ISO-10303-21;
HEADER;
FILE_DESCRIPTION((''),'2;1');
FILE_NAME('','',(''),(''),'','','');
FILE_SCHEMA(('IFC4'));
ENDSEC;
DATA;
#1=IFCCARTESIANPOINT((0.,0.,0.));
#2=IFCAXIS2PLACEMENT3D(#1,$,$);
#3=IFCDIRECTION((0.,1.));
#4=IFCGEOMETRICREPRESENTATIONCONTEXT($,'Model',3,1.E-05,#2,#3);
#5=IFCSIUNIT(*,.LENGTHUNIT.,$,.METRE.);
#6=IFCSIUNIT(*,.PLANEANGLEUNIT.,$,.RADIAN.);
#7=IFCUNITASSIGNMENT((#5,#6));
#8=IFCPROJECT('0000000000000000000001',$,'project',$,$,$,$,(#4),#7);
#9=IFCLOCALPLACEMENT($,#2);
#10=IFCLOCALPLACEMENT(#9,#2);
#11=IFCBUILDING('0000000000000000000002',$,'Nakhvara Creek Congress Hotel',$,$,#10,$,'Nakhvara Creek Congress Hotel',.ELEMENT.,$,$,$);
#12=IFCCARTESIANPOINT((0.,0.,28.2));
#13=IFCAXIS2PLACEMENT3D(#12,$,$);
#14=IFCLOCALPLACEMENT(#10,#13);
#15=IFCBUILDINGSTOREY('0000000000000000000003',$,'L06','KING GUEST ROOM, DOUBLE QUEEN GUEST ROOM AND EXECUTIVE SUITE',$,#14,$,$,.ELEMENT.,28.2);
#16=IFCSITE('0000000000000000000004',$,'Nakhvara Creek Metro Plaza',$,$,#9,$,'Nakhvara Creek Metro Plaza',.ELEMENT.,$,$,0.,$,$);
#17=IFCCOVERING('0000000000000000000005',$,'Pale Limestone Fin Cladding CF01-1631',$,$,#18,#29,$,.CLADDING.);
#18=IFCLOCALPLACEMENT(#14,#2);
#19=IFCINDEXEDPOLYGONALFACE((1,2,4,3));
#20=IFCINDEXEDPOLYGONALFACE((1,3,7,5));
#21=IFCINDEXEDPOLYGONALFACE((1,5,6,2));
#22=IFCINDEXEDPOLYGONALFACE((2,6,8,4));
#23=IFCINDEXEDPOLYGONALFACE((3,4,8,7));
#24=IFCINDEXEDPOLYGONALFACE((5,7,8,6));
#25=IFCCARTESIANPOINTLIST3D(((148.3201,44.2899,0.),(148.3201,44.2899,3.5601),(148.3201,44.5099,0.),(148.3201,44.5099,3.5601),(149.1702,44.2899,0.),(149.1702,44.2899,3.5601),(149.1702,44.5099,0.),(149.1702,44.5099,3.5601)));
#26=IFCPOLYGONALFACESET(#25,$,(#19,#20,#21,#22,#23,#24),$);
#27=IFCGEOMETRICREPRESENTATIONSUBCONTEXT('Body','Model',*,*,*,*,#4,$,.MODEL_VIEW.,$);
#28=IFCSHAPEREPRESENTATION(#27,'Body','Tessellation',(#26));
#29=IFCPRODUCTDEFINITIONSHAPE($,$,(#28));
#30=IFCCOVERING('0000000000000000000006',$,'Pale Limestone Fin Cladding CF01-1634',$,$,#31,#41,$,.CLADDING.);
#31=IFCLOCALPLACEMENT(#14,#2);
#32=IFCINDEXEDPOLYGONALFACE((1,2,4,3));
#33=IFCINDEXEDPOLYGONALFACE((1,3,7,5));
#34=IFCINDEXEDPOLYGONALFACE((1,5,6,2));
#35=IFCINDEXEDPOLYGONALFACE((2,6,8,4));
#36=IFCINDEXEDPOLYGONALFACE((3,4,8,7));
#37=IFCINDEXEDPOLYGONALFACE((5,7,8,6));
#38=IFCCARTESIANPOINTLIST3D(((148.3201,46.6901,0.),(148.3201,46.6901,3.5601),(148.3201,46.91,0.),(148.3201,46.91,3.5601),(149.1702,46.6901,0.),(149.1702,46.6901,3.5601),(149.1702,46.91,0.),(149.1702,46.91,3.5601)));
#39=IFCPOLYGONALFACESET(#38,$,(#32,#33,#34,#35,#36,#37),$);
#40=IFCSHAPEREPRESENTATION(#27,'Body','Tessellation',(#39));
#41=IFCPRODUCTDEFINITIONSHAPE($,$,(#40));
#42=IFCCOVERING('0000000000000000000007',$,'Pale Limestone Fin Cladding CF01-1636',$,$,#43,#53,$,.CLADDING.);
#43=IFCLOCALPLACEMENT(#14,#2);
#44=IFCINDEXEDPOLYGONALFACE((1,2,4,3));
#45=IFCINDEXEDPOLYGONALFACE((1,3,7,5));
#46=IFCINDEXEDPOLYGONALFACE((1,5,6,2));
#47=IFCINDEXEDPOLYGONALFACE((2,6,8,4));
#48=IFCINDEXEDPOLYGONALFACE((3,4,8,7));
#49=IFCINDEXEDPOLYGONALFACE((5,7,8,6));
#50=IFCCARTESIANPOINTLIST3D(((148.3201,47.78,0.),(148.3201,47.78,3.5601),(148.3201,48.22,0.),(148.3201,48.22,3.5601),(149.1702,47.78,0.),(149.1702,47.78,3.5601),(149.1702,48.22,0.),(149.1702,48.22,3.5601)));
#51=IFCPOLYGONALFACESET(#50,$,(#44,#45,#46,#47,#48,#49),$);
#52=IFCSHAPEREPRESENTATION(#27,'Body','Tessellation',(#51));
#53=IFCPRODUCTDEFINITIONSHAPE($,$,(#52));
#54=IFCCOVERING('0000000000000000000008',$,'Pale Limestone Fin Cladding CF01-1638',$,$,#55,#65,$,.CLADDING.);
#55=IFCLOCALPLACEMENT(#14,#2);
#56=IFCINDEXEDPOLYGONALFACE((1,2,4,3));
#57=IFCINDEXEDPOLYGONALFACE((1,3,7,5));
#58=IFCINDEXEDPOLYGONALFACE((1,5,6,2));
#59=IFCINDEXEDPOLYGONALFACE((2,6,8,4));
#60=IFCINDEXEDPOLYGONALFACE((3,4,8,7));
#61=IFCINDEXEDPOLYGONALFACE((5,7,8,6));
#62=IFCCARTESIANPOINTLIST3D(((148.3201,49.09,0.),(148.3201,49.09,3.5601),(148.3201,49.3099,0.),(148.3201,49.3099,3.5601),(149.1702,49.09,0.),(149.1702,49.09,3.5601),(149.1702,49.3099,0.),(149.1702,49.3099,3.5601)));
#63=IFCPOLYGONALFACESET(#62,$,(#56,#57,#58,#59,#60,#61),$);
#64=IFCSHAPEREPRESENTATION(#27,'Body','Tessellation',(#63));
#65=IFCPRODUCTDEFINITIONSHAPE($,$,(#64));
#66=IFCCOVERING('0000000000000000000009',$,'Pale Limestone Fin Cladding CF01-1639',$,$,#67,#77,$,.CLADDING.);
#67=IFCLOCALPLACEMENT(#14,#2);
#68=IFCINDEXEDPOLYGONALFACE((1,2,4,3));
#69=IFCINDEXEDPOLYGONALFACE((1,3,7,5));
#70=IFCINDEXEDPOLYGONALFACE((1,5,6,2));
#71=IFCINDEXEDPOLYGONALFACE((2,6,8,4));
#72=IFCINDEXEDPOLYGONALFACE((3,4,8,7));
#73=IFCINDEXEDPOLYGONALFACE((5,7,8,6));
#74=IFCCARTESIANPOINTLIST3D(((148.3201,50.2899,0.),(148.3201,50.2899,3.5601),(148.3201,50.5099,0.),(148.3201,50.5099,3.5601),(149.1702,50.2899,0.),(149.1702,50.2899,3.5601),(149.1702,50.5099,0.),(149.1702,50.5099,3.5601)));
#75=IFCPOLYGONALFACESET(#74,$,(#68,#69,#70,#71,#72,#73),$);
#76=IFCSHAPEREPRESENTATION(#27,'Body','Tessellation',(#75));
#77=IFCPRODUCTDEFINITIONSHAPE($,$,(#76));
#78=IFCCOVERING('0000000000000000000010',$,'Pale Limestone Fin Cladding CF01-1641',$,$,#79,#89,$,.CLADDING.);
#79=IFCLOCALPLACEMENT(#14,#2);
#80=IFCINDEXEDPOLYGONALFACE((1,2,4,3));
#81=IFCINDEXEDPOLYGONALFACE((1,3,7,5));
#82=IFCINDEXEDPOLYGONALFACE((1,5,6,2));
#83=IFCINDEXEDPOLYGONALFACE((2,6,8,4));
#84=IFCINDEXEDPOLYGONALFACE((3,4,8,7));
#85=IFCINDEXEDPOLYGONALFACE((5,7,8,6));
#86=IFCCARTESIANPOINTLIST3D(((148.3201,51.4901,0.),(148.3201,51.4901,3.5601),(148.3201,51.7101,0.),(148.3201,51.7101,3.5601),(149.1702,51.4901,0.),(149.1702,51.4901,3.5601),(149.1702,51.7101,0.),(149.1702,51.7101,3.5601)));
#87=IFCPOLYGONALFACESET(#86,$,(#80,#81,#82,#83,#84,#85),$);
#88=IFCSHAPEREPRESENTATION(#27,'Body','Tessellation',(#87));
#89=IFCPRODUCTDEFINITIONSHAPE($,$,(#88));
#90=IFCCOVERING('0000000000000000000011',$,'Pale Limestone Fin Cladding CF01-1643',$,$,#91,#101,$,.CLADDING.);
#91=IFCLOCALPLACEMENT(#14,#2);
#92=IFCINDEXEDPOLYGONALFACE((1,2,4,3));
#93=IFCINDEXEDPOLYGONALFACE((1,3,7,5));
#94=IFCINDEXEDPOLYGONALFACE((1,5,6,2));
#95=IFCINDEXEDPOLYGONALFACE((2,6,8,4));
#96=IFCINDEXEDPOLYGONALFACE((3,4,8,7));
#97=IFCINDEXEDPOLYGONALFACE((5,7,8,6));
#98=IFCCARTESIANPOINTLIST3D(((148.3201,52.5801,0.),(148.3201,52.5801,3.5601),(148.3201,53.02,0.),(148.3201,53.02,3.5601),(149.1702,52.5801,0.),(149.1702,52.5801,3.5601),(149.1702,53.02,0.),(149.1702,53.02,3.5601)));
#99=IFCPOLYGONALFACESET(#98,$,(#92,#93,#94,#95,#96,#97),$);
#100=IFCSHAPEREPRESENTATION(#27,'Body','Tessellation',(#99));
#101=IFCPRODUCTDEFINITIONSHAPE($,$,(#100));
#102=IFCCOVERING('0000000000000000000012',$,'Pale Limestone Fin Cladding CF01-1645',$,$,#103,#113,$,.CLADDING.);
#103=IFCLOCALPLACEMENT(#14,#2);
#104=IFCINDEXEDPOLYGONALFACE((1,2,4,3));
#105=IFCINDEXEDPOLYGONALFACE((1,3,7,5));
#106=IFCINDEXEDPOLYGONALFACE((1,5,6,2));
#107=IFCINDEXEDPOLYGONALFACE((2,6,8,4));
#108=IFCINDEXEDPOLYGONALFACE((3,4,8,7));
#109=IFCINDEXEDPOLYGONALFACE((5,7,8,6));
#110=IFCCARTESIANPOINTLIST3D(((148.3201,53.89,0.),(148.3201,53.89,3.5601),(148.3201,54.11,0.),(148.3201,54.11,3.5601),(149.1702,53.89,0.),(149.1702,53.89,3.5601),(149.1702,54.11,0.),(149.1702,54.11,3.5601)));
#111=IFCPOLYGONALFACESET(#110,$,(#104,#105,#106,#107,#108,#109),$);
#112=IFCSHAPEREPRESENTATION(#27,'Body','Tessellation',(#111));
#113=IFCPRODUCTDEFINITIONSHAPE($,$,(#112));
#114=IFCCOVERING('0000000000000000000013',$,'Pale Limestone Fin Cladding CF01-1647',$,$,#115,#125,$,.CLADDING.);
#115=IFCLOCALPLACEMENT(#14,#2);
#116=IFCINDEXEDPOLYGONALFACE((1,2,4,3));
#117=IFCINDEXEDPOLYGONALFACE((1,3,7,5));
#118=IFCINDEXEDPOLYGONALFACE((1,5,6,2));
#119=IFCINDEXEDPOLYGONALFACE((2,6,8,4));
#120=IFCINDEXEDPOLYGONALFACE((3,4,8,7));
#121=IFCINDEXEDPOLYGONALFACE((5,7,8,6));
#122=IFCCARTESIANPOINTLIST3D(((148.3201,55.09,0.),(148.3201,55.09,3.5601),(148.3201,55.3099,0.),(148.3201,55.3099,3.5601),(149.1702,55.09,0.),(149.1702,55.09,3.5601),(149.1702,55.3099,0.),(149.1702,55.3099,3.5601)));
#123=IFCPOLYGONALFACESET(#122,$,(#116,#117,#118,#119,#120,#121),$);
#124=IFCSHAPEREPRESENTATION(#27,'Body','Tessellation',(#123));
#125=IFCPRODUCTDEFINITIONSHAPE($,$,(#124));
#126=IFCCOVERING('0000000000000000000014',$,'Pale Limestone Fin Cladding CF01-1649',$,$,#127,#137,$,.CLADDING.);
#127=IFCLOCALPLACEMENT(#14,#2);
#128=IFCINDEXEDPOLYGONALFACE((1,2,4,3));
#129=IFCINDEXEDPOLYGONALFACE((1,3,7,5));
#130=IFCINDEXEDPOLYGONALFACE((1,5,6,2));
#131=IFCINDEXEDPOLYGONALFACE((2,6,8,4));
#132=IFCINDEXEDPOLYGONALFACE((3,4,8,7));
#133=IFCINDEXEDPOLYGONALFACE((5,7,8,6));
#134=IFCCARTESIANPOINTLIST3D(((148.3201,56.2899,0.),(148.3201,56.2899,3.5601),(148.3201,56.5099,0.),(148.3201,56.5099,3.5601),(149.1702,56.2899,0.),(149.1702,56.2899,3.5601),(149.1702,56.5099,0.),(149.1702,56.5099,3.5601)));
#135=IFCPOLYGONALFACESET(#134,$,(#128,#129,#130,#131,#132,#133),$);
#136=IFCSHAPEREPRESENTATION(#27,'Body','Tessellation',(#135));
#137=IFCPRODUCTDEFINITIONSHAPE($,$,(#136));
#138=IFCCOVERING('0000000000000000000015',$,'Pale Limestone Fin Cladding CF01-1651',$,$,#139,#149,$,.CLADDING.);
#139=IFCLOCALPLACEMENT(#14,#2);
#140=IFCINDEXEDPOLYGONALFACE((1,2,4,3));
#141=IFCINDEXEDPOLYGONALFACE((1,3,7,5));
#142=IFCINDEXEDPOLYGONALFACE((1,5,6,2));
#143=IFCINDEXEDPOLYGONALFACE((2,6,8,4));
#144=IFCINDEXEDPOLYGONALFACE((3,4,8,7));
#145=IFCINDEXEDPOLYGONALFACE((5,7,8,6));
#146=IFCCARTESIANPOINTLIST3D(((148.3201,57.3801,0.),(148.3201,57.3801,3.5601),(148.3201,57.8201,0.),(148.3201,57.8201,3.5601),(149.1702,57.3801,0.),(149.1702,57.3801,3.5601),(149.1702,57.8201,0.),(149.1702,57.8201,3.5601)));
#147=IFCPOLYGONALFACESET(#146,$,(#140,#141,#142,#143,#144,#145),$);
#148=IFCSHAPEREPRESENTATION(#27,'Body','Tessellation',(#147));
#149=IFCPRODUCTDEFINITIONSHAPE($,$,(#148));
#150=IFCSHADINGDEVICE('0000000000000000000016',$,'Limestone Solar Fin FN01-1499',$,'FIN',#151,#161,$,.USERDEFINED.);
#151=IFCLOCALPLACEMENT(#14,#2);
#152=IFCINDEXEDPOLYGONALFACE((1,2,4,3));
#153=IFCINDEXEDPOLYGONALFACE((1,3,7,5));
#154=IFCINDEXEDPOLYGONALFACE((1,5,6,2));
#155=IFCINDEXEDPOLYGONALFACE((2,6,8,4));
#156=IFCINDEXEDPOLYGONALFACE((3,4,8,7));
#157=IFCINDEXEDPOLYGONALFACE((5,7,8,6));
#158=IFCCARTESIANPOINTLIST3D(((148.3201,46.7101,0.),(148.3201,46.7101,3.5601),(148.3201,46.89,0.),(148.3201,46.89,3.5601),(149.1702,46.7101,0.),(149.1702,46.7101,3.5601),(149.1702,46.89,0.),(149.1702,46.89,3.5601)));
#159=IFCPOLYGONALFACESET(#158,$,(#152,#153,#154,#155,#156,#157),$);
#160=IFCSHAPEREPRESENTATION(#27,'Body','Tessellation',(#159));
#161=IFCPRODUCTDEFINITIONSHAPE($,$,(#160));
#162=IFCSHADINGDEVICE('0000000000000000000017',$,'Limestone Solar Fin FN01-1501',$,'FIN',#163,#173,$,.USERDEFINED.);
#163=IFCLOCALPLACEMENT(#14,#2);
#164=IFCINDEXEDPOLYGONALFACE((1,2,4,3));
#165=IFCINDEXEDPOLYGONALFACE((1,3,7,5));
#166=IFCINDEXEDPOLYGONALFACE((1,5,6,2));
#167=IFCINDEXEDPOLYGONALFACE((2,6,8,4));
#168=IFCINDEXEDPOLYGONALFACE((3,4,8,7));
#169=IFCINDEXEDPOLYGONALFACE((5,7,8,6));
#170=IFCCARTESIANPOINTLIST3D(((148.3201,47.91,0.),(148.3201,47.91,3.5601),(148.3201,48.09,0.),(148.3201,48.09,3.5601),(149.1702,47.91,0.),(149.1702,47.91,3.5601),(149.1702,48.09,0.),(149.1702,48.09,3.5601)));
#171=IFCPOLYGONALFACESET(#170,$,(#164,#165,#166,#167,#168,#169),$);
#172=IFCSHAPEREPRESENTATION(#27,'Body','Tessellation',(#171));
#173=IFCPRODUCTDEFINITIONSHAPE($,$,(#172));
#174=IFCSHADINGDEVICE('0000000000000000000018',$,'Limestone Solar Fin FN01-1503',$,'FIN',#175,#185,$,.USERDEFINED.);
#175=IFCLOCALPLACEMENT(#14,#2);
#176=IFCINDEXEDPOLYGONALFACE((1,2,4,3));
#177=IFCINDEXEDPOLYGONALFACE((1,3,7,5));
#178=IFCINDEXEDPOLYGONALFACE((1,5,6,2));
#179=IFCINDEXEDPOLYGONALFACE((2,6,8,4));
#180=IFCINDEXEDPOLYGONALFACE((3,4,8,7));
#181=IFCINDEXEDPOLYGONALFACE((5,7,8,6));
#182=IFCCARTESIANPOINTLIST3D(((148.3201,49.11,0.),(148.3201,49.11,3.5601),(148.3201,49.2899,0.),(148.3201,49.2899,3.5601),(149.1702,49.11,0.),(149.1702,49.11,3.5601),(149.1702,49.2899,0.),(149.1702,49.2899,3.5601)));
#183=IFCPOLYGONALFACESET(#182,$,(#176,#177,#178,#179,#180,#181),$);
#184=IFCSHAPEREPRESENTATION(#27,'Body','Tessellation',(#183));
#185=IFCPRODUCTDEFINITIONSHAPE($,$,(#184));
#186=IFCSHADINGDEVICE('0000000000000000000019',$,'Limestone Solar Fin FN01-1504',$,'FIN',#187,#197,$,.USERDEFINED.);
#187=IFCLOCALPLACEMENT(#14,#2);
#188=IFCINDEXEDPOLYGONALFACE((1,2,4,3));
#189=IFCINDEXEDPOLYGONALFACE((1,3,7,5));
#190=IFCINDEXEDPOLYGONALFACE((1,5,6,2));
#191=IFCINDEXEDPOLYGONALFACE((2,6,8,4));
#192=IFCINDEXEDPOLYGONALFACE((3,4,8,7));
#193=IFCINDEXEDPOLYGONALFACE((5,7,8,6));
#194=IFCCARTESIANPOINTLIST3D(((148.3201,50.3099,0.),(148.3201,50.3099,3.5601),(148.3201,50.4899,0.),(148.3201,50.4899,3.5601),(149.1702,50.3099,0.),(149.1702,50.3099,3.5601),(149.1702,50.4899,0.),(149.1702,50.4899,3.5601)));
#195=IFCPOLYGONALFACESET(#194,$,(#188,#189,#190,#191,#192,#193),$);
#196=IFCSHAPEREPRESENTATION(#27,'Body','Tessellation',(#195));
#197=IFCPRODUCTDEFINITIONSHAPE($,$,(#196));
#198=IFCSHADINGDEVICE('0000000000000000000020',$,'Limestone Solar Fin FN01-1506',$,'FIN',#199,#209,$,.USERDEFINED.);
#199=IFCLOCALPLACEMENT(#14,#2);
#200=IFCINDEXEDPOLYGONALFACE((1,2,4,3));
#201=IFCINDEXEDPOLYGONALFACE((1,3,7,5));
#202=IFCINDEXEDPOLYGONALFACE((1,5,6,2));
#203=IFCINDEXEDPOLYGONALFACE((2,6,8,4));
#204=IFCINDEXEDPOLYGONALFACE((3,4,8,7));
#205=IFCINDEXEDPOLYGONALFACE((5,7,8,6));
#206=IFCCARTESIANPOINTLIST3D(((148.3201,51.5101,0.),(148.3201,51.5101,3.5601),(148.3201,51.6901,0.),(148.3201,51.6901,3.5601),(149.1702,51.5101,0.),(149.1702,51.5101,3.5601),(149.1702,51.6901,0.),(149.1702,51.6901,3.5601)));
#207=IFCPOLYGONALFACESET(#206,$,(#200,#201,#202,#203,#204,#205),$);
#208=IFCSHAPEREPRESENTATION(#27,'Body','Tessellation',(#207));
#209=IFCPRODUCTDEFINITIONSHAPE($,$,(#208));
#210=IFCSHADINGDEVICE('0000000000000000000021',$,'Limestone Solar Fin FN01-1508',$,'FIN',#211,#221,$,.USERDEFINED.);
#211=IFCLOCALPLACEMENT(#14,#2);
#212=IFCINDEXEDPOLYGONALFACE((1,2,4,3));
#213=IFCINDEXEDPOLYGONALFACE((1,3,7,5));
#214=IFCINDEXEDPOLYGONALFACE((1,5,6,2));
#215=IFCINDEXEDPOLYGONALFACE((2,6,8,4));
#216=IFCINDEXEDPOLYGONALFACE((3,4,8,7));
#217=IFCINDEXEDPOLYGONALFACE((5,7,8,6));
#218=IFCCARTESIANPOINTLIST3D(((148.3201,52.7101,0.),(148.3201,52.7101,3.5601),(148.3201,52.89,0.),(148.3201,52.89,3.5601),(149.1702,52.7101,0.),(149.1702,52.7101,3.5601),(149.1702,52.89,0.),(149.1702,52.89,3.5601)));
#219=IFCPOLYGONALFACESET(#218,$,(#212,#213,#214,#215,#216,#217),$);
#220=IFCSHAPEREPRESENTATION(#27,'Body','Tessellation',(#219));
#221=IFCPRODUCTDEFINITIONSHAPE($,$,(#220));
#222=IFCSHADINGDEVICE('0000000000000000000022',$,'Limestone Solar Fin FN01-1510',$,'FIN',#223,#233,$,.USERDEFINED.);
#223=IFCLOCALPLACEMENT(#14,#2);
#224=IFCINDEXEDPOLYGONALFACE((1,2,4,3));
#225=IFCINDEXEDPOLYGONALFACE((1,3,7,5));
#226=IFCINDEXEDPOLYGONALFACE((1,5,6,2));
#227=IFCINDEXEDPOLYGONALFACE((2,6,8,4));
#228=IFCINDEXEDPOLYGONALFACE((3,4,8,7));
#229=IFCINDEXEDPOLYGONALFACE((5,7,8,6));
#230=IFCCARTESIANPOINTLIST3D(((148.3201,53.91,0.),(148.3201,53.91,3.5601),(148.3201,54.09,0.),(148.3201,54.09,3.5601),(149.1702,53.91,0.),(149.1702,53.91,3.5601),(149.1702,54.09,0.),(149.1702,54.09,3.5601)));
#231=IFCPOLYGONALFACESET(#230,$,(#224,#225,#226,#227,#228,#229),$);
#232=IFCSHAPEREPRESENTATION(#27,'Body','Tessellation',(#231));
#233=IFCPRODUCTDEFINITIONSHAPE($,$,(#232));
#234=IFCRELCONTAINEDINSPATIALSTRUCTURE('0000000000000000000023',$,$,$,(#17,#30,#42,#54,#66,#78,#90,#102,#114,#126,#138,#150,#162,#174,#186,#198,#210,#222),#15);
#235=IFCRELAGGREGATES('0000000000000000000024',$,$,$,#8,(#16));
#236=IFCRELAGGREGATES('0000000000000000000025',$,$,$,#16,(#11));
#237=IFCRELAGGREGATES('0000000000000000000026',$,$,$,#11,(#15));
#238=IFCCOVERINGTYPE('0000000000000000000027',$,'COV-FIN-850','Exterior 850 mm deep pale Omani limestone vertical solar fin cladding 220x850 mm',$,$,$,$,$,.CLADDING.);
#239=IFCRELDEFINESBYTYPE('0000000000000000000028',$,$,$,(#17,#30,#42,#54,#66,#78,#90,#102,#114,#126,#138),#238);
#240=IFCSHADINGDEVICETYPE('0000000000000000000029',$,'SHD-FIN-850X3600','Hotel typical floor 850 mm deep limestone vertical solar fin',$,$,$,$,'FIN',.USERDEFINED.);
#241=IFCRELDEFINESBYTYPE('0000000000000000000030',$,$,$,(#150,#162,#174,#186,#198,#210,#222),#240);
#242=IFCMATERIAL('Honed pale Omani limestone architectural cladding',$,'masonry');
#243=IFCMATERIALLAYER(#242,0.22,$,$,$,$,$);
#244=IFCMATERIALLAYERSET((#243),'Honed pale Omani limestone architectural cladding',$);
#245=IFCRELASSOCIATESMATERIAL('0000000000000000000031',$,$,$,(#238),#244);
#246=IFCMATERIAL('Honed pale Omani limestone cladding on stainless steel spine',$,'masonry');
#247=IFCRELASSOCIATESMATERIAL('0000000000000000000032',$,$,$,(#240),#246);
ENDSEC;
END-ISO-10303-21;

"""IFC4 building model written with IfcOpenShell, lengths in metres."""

from ifc_helpers import new_model, si_unit, direction, frame, origin, origin_2d, place, context, subcontext, project, spatial, rectangle, extrude, material, layer, layer_set, type_object, element, save


model = new_model("IFC4")

# Units and contexts
model_context = context("Model", 3, precision=1e-05, world=origin(), true_north=direction((0.0, 1.0)))
body_context = subcontext(model_context, "Body", "Model", "MODEL_VIEW")
ifc_project = project(units=[si_unit("LENGTHUNIT", "METRE"), si_unit("PLANEANGLEUNIT", "RADIAN")], contexts=[model_context])

# Site, building, storey
site_placement = place(None, origin())
site = spatial("IfcSite", under=ifc_project, at=site_placement, Name="Nakhvara Creek Metro Plaza", LongName="Nakhvara Creek Metro Plaza", CompositionType="ELEMENT", RefElevation=0.0)
building_placement = place(site_placement, origin())
building = spatial("IfcBuilding", under=site, at=building_placement, Name="Nakhvara Creek Congress Hotel", LongName="Nakhvara Creek Congress Hotel", CompositionType="ELEMENT")
storey_placement = place(building_placement, frame((0.0, 0.0, 28.2)))
storey = spatial("IfcBuildingStorey", under=building, at=storey_placement, Name="L06", Description="KING GUEST ROOM, DOUBLE QUEEN GUEST ROOM AND EXECUTIVE SUITE", CompositionType="ELEMENT", Elevation=28.2)

# Coverings
ifc_material_1 = material(Name="Honed pale Omani limestone architectural cladding", Category="masonry")
ifc_layer = layer(ifc_material_1, 0.22)
ifc_layer_set = layer_set([ifc_layer], Name="Honed pale Omani limestone architectural cladding")
covering_type = type_object("IfcCoveringType", Name="COV-FIN-850", Description="Exterior 850 mm deep pale Omani limestone vertical solar fin cladding 220x850 mm", PredefinedType="CLADDING", material=ifc_layer_set)
for number, where, z_axis, x_axis, name in (
    (1, (148.7451, 44.3999, 0.0), (0.0, 0.0, 1.0), (0.0, 1.0, 0.0), "Pale Limestone Fin Cladding CF01-1631"),
    (2, (148.7451, 46.8, 0.0), (0.0, 0.0, 1.0), (0.0, 1.0, 0.0), "Pale Limestone Fin Cladding CF01-1634"),
):
    element("IfcCovering", number, at=place(storey_placement, frame(where, z_axis=z_axis, x_axis=x_axis)), inside=storey, type_object=covering_type, Name=name, PredefinedType="CLADDING", context=body_context, shape_type="SweptSolid", body=[
        extrude(rectangle(XDim=0.22, YDim=0.8501, at=origin_2d()), origin(), (0.0, 0.0, 1.0), 3.5601),
    ])
covering_1_placement = place(storey_placement, frame((148.7451, 48.0, 0.0), z_axis=(0.0, 0.0, 1.0), x_axis=(0.0, 1.0, 0.0)))
element("IfcCovering", 3, at=covering_1_placement, inside=storey, type_object=covering_type, Name="Pale Limestone Fin Cladding CF01-1636", PredefinedType="CLADDING", context=body_context, shape_type="SweptSolid", body=[
    extrude(rectangle(XDim=0.4399, YDim=0.8501, at=origin_2d()), origin(), (0.0, 0.0, 1.0), 3.5601),
])
for number, where, z_axis, x_axis, name in (
    (4, (148.7451, 49.2, 0.0), (0.0, 0.0, 1.0), (0.0, 1.0, 0.0), "Pale Limestone Fin Cladding CF01-1638"),
    (5, (148.7451, 50.3999, 0.0), (0.0, 0.0, 1.0), (0.0, 1.0, 0.0), "Pale Limestone Fin Cladding CF01-1639"),
    (6, (148.7451, 51.6001, 0.0), (0.0, 0.0, 1.0), (0.0, 1.0, 0.0), "Pale Limestone Fin Cladding CF01-1641"),
):
    element("IfcCovering", number, at=place(storey_placement, frame(where, z_axis=z_axis, x_axis=x_axis)), inside=storey, type_object=covering_type, Name=name, PredefinedType="CLADDING", context=body_context, shape_type="SweptSolid", body=[
        extrude(rectangle(XDim=0.22, YDim=0.8501, at=origin_2d()), origin(), (0.0, 0.0, 1.0), 3.5601),
    ])
covering_2_placement = place(storey_placement, frame((148.7451, 52.8, 0.0), z_axis=(0.0, 0.0, 1.0), x_axis=(0.0, 1.0, 0.0)))
element("IfcCovering", 7, at=covering_2_placement, inside=storey, type_object=covering_type, Name="Pale Limestone Fin Cladding CF01-1643", PredefinedType="CLADDING", context=body_context, shape_type="SweptSolid", body=[
    extrude(rectangle(XDim=0.4399, YDim=0.8501, at=origin_2d()), origin(), (0.0, 0.0, 1.0), 3.5601),
])
for number, where, z_axis, x_axis, name in (
    (8, (148.7451, 54.0, 0.0), (0.0, 0.0, 1.0), (0.0, 1.0, 0.0), "Pale Limestone Fin Cladding CF01-1645"),
    (9, (148.7451, 55.2, 0.0), (0.0, 0.0, 1.0), (0.0, 1.0, 0.0), "Pale Limestone Fin Cladding CF01-1647"),
    (10, (148.7451, 56.3999, 0.0), (0.0, 0.0, 1.0), (0.0, 1.0, 0.0), "Pale Limestone Fin Cladding CF01-1649"),
):
    element("IfcCovering", number, at=place(storey_placement, frame(where, z_axis=z_axis, x_axis=x_axis)), inside=storey, type_object=covering_type, Name=name, PredefinedType="CLADDING", context=body_context, shape_type="SweptSolid", body=[
        extrude(rectangle(XDim=0.22, YDim=0.8501, at=origin_2d()), origin(), (0.0, 0.0, 1.0), 3.5601),
    ])
covering_3_placement = place(storey_placement, frame((148.7451, 57.6001, 0.0), z_axis=(0.0, 0.0, 1.0), x_axis=(0.0, 1.0, 0.0)))
element("IfcCovering", 11, at=covering_3_placement, inside=storey, type_object=covering_type, Name="Pale Limestone Fin Cladding CF01-1651", PredefinedType="CLADDING", context=body_context, shape_type="SweptSolid", body=[
    extrude(rectangle(XDim=0.4399, YDim=0.8501, at=origin_2d()), origin(), (0.0, 0.0, 1.0), 3.5601),
])

# Shading devices
ifc_material_2 = material(Name="Honed pale Omani limestone cladding on stainless steel spine", Category="masonry")
shading_device_type = type_object("IfcShadingDeviceType", Name="SHD-FIN-850X3600", Description="Hotel typical floor 850 mm deep limestone vertical solar fin", ElementType="FIN", PredefinedType="USERDEFINED", material=ifc_material_2)
for number, where, z_axis, x_axis, name in (
    (12, (148.7451, 46.8, 0.0), (0.0, 0.0, 1.0), (0.0, 1.0, 0.0), "Limestone Solar Fin FN01-1499"),
    (13, (148.7451, 48.0, 0.0), (0.0, 0.0, 1.0), (0.0, 1.0, 0.0), "Limestone Solar Fin FN01-1501"),
    (14, (148.7451, 49.2, 0.0), (0.0, 0.0, 1.0), (0.0, 1.0, 0.0), "Limestone Solar Fin FN01-1503"),
    (15, (148.7451, 50.3999, 0.0), (0.0, 0.0, 1.0), (0.0, 1.0, 0.0), "Limestone Solar Fin FN01-1504"),
    (16, (148.7451, 51.6001, 0.0), (0.0, 0.0, 1.0), (0.0, 1.0, 0.0), "Limestone Solar Fin FN01-1506"),
    (17, (148.7451, 52.8, 0.0), (0.0, 0.0, 1.0), (0.0, 1.0, 0.0), "Limestone Solar Fin FN01-1508"),
    (18, (148.7451, 54.0, 0.0), (0.0, 0.0, 1.0), (0.0, 1.0, 0.0), "Limestone Solar Fin FN01-1510"),
):
    element("IfcShadingDevice", number, at=place(storey_placement, frame(where, z_axis=z_axis, x_axis=x_axis)), inside=storey, type_object=shading_device_type, Name=name, ObjectType="FIN", PredefinedType="USERDEFINED", context=body_context, shape_type="SweptSolid", body=[
        extrude(rectangle(XDim=0.1799, YDim=0.8501, at=origin_2d()), origin(), (0.0, 0.0, 1.0), 3.5601),
    ])

save(model, "model.ifc")
